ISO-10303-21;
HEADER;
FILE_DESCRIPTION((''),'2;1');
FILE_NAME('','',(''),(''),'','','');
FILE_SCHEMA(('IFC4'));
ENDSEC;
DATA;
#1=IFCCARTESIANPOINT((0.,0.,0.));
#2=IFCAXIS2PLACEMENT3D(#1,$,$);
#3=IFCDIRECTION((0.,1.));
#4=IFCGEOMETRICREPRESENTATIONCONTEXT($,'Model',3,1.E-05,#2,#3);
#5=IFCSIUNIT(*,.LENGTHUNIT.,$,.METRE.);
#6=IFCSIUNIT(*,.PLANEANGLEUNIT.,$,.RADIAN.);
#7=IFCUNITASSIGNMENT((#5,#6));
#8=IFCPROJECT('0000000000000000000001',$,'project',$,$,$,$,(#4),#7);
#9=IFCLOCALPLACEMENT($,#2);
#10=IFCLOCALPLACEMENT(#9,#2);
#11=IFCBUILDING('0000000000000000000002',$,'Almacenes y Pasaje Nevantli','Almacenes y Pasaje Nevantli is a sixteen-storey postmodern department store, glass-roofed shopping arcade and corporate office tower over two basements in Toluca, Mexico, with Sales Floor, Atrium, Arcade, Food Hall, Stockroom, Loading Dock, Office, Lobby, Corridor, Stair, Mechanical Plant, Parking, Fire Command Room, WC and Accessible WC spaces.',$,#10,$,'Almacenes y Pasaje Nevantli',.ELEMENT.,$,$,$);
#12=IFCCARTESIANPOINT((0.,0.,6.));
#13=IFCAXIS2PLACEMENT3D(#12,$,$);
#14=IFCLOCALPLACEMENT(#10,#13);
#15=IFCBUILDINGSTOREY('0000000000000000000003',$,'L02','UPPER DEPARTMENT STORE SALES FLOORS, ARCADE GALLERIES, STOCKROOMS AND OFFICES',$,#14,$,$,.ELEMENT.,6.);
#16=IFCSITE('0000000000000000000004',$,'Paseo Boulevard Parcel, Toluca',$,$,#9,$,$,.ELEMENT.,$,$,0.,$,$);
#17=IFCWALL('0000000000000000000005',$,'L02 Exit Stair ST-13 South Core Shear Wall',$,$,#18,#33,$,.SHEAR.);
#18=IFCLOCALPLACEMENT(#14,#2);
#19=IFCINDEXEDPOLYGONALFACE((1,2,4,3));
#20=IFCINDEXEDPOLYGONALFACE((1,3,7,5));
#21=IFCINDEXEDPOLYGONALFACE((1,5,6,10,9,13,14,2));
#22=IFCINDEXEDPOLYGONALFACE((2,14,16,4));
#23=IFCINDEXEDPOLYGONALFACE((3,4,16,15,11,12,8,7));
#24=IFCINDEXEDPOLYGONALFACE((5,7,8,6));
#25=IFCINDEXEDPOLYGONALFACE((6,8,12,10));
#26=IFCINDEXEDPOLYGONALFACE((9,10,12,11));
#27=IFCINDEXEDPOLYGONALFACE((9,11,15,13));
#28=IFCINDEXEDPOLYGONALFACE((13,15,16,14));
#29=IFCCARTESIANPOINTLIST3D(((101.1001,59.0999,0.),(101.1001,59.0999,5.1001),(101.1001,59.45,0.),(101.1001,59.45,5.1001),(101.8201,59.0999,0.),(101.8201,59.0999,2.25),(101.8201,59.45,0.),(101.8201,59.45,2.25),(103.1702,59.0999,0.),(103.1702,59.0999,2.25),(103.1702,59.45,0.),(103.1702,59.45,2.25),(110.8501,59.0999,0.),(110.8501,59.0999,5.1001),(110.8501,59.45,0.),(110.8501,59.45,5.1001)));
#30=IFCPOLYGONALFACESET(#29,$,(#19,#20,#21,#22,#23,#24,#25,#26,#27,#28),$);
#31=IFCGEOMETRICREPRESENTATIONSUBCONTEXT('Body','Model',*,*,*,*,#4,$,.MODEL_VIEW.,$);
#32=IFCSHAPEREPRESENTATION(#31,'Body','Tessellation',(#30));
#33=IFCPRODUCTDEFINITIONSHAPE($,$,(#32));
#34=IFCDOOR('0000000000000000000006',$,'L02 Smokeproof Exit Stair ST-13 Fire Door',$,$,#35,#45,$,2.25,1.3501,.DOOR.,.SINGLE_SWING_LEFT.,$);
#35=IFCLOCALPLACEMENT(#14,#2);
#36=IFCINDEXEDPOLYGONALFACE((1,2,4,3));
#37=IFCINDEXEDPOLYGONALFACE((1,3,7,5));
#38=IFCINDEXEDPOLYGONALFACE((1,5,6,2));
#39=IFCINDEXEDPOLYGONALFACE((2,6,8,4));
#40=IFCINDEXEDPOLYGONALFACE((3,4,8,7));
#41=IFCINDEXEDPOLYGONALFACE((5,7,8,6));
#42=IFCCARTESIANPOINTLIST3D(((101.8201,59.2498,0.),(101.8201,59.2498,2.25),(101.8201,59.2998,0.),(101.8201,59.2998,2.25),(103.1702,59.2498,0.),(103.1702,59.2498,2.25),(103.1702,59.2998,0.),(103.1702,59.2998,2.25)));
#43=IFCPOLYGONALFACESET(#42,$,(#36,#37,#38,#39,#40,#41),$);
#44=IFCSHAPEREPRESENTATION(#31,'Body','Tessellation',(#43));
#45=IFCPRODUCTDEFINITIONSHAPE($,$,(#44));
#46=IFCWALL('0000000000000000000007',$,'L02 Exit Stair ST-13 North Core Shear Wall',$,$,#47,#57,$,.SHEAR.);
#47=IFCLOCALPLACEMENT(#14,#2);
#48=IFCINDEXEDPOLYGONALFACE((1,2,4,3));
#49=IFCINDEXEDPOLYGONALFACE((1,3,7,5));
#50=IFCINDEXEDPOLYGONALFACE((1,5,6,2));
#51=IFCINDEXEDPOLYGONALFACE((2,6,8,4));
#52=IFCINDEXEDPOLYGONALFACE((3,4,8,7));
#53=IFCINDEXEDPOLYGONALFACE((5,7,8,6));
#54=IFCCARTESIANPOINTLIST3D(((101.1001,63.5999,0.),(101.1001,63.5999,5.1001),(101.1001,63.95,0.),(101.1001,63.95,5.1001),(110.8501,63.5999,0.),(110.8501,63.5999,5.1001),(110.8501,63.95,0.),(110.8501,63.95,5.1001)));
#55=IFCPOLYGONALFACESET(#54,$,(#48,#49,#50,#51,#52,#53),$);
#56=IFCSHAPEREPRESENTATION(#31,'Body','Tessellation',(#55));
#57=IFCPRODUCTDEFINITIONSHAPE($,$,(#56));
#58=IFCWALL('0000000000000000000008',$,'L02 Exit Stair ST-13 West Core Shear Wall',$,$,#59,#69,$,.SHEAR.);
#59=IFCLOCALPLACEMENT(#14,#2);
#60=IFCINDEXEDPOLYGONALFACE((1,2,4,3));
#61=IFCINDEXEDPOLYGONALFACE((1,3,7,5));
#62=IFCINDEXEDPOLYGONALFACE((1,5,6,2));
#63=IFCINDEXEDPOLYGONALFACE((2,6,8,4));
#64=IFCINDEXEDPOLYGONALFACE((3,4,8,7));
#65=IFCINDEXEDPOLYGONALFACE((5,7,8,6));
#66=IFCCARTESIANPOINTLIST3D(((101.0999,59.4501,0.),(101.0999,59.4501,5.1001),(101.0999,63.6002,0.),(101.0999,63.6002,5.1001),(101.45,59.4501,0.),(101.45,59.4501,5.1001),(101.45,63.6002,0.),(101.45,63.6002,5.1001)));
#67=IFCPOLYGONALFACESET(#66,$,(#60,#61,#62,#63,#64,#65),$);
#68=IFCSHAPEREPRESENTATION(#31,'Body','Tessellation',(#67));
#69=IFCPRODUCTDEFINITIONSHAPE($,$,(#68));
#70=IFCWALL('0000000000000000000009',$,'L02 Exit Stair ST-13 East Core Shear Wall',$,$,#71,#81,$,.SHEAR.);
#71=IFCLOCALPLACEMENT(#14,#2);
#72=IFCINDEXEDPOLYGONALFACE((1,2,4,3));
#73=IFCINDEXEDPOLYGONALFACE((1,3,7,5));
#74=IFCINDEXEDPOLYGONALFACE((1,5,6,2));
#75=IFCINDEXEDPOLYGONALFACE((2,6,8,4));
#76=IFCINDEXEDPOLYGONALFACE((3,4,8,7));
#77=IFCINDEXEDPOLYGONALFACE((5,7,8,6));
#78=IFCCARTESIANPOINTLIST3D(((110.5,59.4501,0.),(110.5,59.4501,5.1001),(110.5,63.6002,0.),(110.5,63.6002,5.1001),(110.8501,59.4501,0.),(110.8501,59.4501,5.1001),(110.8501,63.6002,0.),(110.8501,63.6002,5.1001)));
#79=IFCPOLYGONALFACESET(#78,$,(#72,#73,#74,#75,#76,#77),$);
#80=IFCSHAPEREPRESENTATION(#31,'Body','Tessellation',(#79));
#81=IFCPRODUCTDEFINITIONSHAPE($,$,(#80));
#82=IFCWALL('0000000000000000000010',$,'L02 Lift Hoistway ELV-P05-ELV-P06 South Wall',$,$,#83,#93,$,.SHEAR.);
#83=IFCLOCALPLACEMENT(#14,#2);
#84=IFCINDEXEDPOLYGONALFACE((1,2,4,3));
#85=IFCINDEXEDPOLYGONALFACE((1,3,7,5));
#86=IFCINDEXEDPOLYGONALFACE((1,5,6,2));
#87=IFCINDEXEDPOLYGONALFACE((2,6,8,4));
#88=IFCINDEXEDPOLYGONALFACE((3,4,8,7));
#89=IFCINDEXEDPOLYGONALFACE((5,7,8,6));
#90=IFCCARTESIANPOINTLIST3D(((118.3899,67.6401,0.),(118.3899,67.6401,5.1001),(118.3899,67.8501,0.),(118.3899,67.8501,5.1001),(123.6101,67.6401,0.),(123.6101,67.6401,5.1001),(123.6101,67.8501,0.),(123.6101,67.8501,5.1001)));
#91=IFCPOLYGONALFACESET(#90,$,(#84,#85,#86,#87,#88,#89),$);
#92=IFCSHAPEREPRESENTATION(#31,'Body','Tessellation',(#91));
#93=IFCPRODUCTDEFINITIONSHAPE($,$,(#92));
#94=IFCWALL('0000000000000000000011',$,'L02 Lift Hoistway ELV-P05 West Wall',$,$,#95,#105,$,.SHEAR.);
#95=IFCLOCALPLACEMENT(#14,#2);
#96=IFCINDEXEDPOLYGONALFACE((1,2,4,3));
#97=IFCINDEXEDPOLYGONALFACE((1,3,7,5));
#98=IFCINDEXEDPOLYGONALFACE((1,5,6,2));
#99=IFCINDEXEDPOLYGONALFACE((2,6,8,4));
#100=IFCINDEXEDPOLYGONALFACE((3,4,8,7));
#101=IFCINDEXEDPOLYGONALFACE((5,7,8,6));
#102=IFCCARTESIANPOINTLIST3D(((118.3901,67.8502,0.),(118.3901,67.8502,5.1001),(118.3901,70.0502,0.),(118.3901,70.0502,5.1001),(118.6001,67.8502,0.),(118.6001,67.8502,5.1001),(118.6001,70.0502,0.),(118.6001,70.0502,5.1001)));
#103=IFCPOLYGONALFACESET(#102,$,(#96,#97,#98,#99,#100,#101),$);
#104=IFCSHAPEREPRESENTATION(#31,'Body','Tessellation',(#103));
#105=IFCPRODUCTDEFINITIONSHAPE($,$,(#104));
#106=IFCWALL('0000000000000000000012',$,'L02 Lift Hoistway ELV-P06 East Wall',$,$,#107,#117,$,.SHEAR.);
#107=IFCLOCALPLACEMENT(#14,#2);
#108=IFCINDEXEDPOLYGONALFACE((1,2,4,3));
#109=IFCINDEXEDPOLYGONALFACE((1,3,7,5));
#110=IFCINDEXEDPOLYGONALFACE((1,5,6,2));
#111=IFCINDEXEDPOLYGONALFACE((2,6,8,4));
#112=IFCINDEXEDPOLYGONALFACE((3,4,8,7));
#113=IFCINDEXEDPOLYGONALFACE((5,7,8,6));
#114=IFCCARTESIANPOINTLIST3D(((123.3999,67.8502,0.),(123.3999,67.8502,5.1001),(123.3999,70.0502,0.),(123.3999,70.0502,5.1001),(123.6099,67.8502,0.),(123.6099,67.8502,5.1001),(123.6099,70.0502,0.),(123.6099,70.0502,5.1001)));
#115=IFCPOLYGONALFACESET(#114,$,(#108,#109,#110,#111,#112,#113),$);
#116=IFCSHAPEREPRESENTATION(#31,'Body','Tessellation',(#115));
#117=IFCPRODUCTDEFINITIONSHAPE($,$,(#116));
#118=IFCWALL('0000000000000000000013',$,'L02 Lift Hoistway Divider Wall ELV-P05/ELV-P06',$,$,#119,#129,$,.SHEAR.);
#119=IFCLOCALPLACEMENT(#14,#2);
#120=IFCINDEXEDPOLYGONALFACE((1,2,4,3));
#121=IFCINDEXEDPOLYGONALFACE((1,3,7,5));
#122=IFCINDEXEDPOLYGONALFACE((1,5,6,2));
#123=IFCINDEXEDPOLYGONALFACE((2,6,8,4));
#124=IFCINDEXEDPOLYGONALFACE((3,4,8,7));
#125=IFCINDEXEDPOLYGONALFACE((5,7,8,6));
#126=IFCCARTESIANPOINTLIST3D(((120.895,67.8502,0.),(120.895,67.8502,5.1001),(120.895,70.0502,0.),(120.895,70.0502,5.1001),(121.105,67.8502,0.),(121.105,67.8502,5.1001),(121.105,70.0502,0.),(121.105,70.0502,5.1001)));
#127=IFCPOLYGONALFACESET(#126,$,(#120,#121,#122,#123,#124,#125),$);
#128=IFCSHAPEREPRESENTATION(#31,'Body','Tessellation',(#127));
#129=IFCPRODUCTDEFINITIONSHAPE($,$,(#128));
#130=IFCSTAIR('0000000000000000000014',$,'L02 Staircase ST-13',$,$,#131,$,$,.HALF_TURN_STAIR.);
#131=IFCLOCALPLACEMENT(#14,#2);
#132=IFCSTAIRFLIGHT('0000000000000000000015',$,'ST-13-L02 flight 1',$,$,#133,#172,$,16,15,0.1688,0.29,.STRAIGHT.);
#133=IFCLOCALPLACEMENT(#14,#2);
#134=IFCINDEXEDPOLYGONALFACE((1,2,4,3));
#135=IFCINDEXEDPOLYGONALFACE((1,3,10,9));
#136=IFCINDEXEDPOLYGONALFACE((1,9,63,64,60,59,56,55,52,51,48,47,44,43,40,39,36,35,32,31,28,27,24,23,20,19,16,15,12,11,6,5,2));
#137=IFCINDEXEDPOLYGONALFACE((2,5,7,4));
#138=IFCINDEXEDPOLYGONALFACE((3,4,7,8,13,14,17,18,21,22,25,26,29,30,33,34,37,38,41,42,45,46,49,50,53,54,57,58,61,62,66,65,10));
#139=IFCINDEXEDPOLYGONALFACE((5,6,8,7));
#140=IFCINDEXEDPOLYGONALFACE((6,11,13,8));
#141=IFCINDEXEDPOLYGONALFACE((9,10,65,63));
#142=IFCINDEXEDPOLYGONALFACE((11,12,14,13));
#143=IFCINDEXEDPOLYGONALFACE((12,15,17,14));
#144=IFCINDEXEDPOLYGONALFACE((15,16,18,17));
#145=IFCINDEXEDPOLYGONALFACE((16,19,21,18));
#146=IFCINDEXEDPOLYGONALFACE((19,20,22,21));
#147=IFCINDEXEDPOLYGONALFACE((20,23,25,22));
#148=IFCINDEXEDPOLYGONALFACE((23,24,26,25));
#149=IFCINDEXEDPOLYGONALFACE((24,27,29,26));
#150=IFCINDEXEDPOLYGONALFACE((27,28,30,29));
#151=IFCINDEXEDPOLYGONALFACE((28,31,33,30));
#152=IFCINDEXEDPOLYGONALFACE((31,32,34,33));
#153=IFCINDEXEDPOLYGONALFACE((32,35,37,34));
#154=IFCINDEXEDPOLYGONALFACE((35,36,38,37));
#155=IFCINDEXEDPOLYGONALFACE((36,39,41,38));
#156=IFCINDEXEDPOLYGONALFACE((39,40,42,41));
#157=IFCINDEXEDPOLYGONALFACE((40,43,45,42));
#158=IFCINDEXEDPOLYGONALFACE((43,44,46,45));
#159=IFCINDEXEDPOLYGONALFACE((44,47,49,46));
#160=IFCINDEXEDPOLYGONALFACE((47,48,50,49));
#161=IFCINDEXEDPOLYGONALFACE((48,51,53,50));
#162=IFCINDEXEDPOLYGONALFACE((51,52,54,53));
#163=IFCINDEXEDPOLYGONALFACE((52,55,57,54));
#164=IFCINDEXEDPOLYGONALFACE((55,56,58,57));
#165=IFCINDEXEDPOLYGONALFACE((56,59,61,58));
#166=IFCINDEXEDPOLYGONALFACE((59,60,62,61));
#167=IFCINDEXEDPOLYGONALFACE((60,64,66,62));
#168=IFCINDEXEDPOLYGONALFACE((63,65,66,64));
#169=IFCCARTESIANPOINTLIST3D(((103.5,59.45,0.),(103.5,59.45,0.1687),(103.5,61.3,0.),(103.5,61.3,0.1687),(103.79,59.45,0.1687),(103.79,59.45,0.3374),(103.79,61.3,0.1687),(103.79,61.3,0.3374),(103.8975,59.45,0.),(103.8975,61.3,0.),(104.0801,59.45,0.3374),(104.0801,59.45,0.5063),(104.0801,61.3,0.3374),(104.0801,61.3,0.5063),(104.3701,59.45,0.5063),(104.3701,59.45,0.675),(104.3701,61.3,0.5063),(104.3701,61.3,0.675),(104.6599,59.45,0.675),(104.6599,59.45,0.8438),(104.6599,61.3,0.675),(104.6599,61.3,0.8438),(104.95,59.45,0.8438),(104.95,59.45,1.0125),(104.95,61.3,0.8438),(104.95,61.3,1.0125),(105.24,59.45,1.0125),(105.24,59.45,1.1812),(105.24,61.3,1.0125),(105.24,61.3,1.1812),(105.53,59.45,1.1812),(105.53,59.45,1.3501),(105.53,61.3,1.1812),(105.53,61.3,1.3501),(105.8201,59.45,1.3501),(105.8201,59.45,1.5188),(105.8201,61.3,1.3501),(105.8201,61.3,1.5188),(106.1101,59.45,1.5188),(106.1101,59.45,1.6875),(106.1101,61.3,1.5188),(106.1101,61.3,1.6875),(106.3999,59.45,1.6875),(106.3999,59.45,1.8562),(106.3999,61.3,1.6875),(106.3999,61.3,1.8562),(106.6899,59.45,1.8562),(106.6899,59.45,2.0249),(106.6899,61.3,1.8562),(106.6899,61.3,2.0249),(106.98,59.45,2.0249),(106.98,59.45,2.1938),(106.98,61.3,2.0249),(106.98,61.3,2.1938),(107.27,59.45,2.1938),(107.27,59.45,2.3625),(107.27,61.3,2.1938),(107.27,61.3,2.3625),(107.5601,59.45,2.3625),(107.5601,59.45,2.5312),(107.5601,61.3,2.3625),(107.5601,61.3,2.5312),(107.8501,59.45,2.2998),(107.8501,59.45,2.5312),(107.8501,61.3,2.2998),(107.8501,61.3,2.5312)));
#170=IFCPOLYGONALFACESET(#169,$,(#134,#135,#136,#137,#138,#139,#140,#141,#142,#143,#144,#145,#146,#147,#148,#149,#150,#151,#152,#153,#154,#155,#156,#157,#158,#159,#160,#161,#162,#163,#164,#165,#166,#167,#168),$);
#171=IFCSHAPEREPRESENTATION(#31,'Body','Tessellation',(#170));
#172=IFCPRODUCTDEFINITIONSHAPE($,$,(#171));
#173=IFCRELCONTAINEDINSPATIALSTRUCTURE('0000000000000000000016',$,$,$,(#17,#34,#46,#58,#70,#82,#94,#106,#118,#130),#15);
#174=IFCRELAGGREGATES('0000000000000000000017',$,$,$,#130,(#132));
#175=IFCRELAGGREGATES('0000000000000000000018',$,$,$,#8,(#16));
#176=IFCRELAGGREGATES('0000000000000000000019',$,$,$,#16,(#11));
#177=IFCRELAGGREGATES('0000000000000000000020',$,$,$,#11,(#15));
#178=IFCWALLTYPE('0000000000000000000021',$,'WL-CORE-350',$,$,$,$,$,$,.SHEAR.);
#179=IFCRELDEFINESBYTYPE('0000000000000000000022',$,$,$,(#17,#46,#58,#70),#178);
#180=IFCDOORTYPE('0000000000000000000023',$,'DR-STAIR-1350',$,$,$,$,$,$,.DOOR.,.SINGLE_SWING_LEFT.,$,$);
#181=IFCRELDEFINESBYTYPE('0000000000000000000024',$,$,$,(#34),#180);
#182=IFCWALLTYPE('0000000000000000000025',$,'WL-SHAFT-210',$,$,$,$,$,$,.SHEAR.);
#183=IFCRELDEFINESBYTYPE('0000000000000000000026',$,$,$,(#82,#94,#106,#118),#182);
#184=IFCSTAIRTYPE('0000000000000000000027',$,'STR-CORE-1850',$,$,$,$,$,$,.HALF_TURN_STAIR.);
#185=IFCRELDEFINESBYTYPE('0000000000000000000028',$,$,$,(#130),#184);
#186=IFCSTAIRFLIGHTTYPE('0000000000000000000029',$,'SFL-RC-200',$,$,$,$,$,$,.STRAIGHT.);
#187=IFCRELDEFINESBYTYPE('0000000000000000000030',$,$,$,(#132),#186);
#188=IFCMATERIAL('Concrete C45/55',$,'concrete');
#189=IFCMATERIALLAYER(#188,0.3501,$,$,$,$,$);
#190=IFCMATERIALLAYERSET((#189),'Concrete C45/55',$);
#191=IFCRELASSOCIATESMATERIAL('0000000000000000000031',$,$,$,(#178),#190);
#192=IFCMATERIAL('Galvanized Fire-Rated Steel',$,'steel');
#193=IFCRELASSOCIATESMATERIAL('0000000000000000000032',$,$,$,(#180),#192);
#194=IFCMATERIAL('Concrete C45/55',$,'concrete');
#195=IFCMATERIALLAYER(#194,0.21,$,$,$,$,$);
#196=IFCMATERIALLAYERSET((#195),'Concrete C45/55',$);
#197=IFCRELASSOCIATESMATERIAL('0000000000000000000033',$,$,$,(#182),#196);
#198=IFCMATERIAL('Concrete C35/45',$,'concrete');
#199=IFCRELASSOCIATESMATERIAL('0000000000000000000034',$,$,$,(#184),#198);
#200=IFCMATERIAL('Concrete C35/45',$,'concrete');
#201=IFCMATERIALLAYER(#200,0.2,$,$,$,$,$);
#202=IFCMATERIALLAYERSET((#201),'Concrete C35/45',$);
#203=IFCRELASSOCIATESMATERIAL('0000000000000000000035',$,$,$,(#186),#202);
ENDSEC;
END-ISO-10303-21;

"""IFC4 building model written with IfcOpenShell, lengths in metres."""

from ifc_helpers import new_model, si_unit, direction, frame, frame_2d, origin, place, context, subcontext, project, spatial, polyline, rectangle, outline, extrude, material, layer, layer_set, type_object, element, fill, aggregate, save


model = new_model("IFC4")

# Units and contexts
model_context = context("Model", 3, precision=1e-05, world=origin(), true_north=direction((0.0, 1.0)))
body_context = subcontext(model_context, "Body", "Model", "MODEL_VIEW")
ifc_project = project(units=[si_unit("LENGTHUNIT", "METRE"), si_unit("PLANEANGLEUNIT", "RADIAN")], contexts=[model_context])

# Site, building, storey
site_placement = place(None, origin())
site = spatial("IfcSite", under=ifc_project, at=site_placement, Name="Paseo Boulevard Parcel, Toluca", CompositionType="ELEMENT", RefElevation=0.0)
building_placement = place(site_placement, origin())
building = spatial("IfcBuilding", under=site, at=building_placement, Name="Almacenes y Pasaje Nevantli", Description="Almacenes y Pasaje Nevantli is a sixteen-storey postmodern department store, glass-roofed shopping arcade and corporate office tower over two basements in Toluca, Mexico, with Sales Floor, Atrium, Arcade, Food Hall, Stockroom, Loading Dock, Office, Lobby, Corridor, Stair, Mechanical Plant, Parking, Fire Command Room, WC and Accessible WC spaces.", LongName="Almacenes y Pasaje Nevantli", CompositionType="ELEMENT")
storey_placement = place(building_placement, frame((0.0, 0.0, 6.0)))
storey = spatial("IfcBuildingStorey", under=building, at=storey_placement, Name="L02", Description="UPPER DEPARTMENT STORE SALES FLOORS, ARCADE GALLERIES, STOCKROOMS AND OFFICES", CompositionType="ELEMENT", Elevation=6.0)

# Wall, opening, door
ifc_material_1 = material(Name="Concrete C45/55", Category="concrete")
ifc_layer_1 = layer(ifc_material_1, 0.3501)
ifc_layer_set_1 = layer_set([ifc_layer_1], Name="Concrete C45/55")
wall_type_1 = type_object("IfcWallType", Name="WL-CORE-350", PredefinedType="SHEAR", material=ifc_layer_set_1)
wall_1_placement = place(storey_placement, frame((101.1001, 59.2749, 0.0), z_axis=(0.0, 0.0, 1.0), x_axis=(1.0, 0.0, 0.0)))
wall_1 = element("IfcWall", 1, at=wall_1_placement, inside=storey, type_object=wall_type_1, Name="L02 Exit Stair ST-13 South Core Shear Wall", PredefinedType="SHEAR", context=body_context, shape_type="SweptSolid", body=[
    extrude(rectangle(XDim=9.75, YDim=0.3501, at=frame_2d((4.875, 0.0))), origin(), (0.0, 0.0, 1.0), 5.1001),
])
opening_placement = place(wall_1_placement, frame((0.72, 0.0, 0.0)))
opening = element("IfcOpeningElement", 2, at=opening_placement, cuts=wall_1, PredefinedType="OPENING", context=body_context, shape_type="SweptSolid", body=[
    extrude(rectangle(XDim=1.3501, YDim=2.25, at=frame_2d((0.675, 1.125))), frame((0.0, 0.1851, 0.0), z_axis=(0.0, -1.0, 0.0), x_axis=(1.0, 0.0, 0.0)), (0.0, 0.0, 1.0), 0.3701),
])
ifc_material_2 = material(Name="Galvanized Fire-Rated Steel", Category="steel")
door_type = type_object("IfcDoorType", Name="DR-STAIR-1350", OperationType="SINGLE_SWING_LEFT", PredefinedType="DOOR", material=ifc_material_2)
door_placement = place(opening_placement, origin())
door = element("IfcDoor", 3, at=door_placement, inside=storey, type_object=door_type, Name="L02 Smokeproof Exit Stair ST-13 Fire Door", OperationType="SINGLE_SWING_LEFT", OverallHeight=2.25, OverallWidth=1.3501, PredefinedType="DOOR", context=body_context, shape_type="SweptSolid", body=[
    extrude(rectangle(XDim=1.3501, YDim=2.25, at=frame_2d((0.675, 1.125))), frame((0.0, 0.0249, 0.0), z_axis=(0.0, -1.0, 0.0), x_axis=(1.0, 0.0, 0.0)), (0.0, 0.0, 1.0), 0.05),
])
fill(opening, door)

# Walls
wall_2_placement = place(storey_placement, frame((101.1001, 63.7749, 0.0), z_axis=(0.0, 0.0, 1.0), x_axis=(1.0, 0.0, 0.0)))
element("IfcWall", 4, at=wall_2_placement, inside=storey, type_object=wall_type_1, Name="L02 Exit Stair ST-13 North Core Shear Wall", PredefinedType="SHEAR", context=body_context, shape_type="SweptSolid", body=[
    extrude(rectangle(XDim=9.75, YDim=0.3501, at=frame_2d((4.875, 0.0))), origin(), (0.0, 0.0, 1.0), 5.1001),
])
for number, where, z_axis, x_axis, name in (
    (5, (101.2749, 59.45, 0.0), (0.0, 0.0, 1.0), (0.0, 1.0, 0.0), "L02 Exit Stair ST-13 West Core Shear Wall"),
    (6, (110.675, 59.45, 0.0), (0.0, 0.0, 1.0), (0.0, 1.0, 0.0), "L02 Exit Stair ST-13 East Core Shear Wall"),
):
    element("IfcWall", number, at=place(storey_placement, frame(where, z_axis=z_axis, x_axis=x_axis)), inside=storey, type_object=wall_type_1, Name=name, PredefinedType="SHEAR", context=body_context, shape_type="SweptSolid", body=[
        extrude(rectangle(XDim=4.1501, YDim=0.3501, at=frame_2d((2.0752, 0.0))), origin(), (0.0, 0.0, 1.0), 5.1001),
    ])
ifc_material_3 = material(Name="Concrete C45/55", Category="concrete")
ifc_layer_2 = layer(ifc_material_3, 0.21)
ifc_layer_set_2 = layer_set([ifc_layer_2], Name="Concrete C45/55")
wall_type_2 = type_object("IfcWallType", Name="WL-SHAFT-210", PredefinedType="SHEAR", material=ifc_layer_set_2)
wall_3_placement = place(storey_placement, frame((118.3899, 67.7451, 0.0), z_axis=(0.0, 0.0, 1.0), x_axis=(1.0, 0.0, 0.0)))
element("IfcWall", 7, at=wall_3_placement, inside=storey, type_object=wall_type_2, Name="L02 Lift Hoistway ELV-P05-ELV-P06 South Wall", PredefinedType="SHEAR", context=body_context, shape_type="SweptSolid", body=[
    extrude(rectangle(XDim=5.2202, YDim=0.21, at=frame_2d((2.6101, 0.0))), origin(), (0.0, 0.0, 1.0), 5.1001),
])
for number, where, z_axis, x_axis, name in (
    (8, (118.4951, 67.8501, 0.0), (0.0, 0.0, 1.0), (0.0, 1.0, 0.0), "L02 Lift Hoistway ELV-P05 West Wall"),
    (9, (123.5049, 67.8501, 0.0), (0.0, 0.0, 1.0), (0.0, 1.0, 0.0), "L02 Lift Hoistway ELV-P06 East Wall"),
    (10, (121.0, 67.8501, 0.0), (0.0, 0.0, 1.0), (0.0, 1.0, 0.0), "L02 Lift Hoistway Divider Wall ELV-P05/ELV-P06"),
):
    element("IfcWall", number, at=place(storey_placement, frame(where, z_axis=z_axis, x_axis=x_axis)), inside=storey, type_object=wall_type_2, Name=name, PredefinedType="SHEAR", context=body_context, shape_type="SweptSolid", body=[
        extrude(rectangle(XDim=2.2, YDim=0.21, at=frame_2d((1.1001, 0.0))), origin(), (0.0, 0.0, 1.0), 5.1001),
    ])

# Stair, stair flight
ifc_material_4 = material(Name="Concrete C35/45", Category="concrete")
stair_type = type_object("IfcStairType", Name="STR-CORE-1850", PredefinedType="HALF_TURN_STAIR", material=ifc_material_4)
stair_placement = place(storey_placement, origin())
stair = element("IfcStair", 11, at=stair_placement, inside=storey, type_object=stair_type, Name="L02 Staircase ST-13", PredefinedType="HALF_TURN_STAIR")
ifc_material_5 = material(Name="Concrete C35/45", Category="concrete")
ifc_layer_3 = layer(ifc_material_5, 0.2)
ifc_layer_set_3 = layer_set([ifc_layer_3], Name="Concrete C35/45")
stair_flight_type = type_object("IfcStairFlightType", Name="SFL-RC-200", PredefinedType="STRAIGHT", material=ifc_layer_set_3)
stair_flight_1_placement = place(storey_placement, frame((103.5, 60.375, 0.0), z_axis=(0.0, 0.0, 1.0), x_axis=(1.0, 0.0, 0.0)))
stair_flight_1 = element("IfcStairFlight", 12, at=stair_flight_1_placement, type_object=stair_flight_type, Name="ST-13-L02 flight 1", NumberOfRisers=16, NumberOfTreads=15, PredefinedType="STRAIGHT", RiserHeight=0.1688, TreadLength=0.29, context=body_context, shape_type="SweptSolid", body=[
    extrude(outline(polyline([(0.0, 0.0), (0.0, 0.1687), (0.29, 0.1687), (0.29, 0.3374), (0.5801, 0.3374), (0.5801, 0.5063), (0.8701, 0.5063), (0.8701, 0.675), (1.1599, 0.675), (1.1599, 0.8438), (1.45, 0.8438), (1.45, 1.0125), (1.74, 1.0125), (1.74, 1.1812), (2.03, 1.1812), (2.03, 1.3501), (2.3201, 1.3501), (2.3201, 1.5188), (2.6101, 1.5188), (2.6101, 1.6875), (2.8999, 1.6875), (2.8999, 1.8562), (3.1899, 1.8562), (3.1899, 2.0249), (3.48, 2.0249), (3.48, 2.1938), (3.77, 2.1938), (3.77, 2.3625), (4.0601, 2.3625), (4.0601, 2.5312), (4.3501, 2.5312), (4.3501, 2.7), (4.3501, 2.2998), (0.3975, 0.0), (0.0, 0.0)])), frame((0.0, 0.925, 0.0), z_axis=(0.0, -1.0, 0.0), x_axis=(1.0, 0.0, 0.0)), (0.0, 0.0, 1.0), 1.8501),
])
aggregate(stair, [stair_flight_1])

save(model, "model.ifc")
